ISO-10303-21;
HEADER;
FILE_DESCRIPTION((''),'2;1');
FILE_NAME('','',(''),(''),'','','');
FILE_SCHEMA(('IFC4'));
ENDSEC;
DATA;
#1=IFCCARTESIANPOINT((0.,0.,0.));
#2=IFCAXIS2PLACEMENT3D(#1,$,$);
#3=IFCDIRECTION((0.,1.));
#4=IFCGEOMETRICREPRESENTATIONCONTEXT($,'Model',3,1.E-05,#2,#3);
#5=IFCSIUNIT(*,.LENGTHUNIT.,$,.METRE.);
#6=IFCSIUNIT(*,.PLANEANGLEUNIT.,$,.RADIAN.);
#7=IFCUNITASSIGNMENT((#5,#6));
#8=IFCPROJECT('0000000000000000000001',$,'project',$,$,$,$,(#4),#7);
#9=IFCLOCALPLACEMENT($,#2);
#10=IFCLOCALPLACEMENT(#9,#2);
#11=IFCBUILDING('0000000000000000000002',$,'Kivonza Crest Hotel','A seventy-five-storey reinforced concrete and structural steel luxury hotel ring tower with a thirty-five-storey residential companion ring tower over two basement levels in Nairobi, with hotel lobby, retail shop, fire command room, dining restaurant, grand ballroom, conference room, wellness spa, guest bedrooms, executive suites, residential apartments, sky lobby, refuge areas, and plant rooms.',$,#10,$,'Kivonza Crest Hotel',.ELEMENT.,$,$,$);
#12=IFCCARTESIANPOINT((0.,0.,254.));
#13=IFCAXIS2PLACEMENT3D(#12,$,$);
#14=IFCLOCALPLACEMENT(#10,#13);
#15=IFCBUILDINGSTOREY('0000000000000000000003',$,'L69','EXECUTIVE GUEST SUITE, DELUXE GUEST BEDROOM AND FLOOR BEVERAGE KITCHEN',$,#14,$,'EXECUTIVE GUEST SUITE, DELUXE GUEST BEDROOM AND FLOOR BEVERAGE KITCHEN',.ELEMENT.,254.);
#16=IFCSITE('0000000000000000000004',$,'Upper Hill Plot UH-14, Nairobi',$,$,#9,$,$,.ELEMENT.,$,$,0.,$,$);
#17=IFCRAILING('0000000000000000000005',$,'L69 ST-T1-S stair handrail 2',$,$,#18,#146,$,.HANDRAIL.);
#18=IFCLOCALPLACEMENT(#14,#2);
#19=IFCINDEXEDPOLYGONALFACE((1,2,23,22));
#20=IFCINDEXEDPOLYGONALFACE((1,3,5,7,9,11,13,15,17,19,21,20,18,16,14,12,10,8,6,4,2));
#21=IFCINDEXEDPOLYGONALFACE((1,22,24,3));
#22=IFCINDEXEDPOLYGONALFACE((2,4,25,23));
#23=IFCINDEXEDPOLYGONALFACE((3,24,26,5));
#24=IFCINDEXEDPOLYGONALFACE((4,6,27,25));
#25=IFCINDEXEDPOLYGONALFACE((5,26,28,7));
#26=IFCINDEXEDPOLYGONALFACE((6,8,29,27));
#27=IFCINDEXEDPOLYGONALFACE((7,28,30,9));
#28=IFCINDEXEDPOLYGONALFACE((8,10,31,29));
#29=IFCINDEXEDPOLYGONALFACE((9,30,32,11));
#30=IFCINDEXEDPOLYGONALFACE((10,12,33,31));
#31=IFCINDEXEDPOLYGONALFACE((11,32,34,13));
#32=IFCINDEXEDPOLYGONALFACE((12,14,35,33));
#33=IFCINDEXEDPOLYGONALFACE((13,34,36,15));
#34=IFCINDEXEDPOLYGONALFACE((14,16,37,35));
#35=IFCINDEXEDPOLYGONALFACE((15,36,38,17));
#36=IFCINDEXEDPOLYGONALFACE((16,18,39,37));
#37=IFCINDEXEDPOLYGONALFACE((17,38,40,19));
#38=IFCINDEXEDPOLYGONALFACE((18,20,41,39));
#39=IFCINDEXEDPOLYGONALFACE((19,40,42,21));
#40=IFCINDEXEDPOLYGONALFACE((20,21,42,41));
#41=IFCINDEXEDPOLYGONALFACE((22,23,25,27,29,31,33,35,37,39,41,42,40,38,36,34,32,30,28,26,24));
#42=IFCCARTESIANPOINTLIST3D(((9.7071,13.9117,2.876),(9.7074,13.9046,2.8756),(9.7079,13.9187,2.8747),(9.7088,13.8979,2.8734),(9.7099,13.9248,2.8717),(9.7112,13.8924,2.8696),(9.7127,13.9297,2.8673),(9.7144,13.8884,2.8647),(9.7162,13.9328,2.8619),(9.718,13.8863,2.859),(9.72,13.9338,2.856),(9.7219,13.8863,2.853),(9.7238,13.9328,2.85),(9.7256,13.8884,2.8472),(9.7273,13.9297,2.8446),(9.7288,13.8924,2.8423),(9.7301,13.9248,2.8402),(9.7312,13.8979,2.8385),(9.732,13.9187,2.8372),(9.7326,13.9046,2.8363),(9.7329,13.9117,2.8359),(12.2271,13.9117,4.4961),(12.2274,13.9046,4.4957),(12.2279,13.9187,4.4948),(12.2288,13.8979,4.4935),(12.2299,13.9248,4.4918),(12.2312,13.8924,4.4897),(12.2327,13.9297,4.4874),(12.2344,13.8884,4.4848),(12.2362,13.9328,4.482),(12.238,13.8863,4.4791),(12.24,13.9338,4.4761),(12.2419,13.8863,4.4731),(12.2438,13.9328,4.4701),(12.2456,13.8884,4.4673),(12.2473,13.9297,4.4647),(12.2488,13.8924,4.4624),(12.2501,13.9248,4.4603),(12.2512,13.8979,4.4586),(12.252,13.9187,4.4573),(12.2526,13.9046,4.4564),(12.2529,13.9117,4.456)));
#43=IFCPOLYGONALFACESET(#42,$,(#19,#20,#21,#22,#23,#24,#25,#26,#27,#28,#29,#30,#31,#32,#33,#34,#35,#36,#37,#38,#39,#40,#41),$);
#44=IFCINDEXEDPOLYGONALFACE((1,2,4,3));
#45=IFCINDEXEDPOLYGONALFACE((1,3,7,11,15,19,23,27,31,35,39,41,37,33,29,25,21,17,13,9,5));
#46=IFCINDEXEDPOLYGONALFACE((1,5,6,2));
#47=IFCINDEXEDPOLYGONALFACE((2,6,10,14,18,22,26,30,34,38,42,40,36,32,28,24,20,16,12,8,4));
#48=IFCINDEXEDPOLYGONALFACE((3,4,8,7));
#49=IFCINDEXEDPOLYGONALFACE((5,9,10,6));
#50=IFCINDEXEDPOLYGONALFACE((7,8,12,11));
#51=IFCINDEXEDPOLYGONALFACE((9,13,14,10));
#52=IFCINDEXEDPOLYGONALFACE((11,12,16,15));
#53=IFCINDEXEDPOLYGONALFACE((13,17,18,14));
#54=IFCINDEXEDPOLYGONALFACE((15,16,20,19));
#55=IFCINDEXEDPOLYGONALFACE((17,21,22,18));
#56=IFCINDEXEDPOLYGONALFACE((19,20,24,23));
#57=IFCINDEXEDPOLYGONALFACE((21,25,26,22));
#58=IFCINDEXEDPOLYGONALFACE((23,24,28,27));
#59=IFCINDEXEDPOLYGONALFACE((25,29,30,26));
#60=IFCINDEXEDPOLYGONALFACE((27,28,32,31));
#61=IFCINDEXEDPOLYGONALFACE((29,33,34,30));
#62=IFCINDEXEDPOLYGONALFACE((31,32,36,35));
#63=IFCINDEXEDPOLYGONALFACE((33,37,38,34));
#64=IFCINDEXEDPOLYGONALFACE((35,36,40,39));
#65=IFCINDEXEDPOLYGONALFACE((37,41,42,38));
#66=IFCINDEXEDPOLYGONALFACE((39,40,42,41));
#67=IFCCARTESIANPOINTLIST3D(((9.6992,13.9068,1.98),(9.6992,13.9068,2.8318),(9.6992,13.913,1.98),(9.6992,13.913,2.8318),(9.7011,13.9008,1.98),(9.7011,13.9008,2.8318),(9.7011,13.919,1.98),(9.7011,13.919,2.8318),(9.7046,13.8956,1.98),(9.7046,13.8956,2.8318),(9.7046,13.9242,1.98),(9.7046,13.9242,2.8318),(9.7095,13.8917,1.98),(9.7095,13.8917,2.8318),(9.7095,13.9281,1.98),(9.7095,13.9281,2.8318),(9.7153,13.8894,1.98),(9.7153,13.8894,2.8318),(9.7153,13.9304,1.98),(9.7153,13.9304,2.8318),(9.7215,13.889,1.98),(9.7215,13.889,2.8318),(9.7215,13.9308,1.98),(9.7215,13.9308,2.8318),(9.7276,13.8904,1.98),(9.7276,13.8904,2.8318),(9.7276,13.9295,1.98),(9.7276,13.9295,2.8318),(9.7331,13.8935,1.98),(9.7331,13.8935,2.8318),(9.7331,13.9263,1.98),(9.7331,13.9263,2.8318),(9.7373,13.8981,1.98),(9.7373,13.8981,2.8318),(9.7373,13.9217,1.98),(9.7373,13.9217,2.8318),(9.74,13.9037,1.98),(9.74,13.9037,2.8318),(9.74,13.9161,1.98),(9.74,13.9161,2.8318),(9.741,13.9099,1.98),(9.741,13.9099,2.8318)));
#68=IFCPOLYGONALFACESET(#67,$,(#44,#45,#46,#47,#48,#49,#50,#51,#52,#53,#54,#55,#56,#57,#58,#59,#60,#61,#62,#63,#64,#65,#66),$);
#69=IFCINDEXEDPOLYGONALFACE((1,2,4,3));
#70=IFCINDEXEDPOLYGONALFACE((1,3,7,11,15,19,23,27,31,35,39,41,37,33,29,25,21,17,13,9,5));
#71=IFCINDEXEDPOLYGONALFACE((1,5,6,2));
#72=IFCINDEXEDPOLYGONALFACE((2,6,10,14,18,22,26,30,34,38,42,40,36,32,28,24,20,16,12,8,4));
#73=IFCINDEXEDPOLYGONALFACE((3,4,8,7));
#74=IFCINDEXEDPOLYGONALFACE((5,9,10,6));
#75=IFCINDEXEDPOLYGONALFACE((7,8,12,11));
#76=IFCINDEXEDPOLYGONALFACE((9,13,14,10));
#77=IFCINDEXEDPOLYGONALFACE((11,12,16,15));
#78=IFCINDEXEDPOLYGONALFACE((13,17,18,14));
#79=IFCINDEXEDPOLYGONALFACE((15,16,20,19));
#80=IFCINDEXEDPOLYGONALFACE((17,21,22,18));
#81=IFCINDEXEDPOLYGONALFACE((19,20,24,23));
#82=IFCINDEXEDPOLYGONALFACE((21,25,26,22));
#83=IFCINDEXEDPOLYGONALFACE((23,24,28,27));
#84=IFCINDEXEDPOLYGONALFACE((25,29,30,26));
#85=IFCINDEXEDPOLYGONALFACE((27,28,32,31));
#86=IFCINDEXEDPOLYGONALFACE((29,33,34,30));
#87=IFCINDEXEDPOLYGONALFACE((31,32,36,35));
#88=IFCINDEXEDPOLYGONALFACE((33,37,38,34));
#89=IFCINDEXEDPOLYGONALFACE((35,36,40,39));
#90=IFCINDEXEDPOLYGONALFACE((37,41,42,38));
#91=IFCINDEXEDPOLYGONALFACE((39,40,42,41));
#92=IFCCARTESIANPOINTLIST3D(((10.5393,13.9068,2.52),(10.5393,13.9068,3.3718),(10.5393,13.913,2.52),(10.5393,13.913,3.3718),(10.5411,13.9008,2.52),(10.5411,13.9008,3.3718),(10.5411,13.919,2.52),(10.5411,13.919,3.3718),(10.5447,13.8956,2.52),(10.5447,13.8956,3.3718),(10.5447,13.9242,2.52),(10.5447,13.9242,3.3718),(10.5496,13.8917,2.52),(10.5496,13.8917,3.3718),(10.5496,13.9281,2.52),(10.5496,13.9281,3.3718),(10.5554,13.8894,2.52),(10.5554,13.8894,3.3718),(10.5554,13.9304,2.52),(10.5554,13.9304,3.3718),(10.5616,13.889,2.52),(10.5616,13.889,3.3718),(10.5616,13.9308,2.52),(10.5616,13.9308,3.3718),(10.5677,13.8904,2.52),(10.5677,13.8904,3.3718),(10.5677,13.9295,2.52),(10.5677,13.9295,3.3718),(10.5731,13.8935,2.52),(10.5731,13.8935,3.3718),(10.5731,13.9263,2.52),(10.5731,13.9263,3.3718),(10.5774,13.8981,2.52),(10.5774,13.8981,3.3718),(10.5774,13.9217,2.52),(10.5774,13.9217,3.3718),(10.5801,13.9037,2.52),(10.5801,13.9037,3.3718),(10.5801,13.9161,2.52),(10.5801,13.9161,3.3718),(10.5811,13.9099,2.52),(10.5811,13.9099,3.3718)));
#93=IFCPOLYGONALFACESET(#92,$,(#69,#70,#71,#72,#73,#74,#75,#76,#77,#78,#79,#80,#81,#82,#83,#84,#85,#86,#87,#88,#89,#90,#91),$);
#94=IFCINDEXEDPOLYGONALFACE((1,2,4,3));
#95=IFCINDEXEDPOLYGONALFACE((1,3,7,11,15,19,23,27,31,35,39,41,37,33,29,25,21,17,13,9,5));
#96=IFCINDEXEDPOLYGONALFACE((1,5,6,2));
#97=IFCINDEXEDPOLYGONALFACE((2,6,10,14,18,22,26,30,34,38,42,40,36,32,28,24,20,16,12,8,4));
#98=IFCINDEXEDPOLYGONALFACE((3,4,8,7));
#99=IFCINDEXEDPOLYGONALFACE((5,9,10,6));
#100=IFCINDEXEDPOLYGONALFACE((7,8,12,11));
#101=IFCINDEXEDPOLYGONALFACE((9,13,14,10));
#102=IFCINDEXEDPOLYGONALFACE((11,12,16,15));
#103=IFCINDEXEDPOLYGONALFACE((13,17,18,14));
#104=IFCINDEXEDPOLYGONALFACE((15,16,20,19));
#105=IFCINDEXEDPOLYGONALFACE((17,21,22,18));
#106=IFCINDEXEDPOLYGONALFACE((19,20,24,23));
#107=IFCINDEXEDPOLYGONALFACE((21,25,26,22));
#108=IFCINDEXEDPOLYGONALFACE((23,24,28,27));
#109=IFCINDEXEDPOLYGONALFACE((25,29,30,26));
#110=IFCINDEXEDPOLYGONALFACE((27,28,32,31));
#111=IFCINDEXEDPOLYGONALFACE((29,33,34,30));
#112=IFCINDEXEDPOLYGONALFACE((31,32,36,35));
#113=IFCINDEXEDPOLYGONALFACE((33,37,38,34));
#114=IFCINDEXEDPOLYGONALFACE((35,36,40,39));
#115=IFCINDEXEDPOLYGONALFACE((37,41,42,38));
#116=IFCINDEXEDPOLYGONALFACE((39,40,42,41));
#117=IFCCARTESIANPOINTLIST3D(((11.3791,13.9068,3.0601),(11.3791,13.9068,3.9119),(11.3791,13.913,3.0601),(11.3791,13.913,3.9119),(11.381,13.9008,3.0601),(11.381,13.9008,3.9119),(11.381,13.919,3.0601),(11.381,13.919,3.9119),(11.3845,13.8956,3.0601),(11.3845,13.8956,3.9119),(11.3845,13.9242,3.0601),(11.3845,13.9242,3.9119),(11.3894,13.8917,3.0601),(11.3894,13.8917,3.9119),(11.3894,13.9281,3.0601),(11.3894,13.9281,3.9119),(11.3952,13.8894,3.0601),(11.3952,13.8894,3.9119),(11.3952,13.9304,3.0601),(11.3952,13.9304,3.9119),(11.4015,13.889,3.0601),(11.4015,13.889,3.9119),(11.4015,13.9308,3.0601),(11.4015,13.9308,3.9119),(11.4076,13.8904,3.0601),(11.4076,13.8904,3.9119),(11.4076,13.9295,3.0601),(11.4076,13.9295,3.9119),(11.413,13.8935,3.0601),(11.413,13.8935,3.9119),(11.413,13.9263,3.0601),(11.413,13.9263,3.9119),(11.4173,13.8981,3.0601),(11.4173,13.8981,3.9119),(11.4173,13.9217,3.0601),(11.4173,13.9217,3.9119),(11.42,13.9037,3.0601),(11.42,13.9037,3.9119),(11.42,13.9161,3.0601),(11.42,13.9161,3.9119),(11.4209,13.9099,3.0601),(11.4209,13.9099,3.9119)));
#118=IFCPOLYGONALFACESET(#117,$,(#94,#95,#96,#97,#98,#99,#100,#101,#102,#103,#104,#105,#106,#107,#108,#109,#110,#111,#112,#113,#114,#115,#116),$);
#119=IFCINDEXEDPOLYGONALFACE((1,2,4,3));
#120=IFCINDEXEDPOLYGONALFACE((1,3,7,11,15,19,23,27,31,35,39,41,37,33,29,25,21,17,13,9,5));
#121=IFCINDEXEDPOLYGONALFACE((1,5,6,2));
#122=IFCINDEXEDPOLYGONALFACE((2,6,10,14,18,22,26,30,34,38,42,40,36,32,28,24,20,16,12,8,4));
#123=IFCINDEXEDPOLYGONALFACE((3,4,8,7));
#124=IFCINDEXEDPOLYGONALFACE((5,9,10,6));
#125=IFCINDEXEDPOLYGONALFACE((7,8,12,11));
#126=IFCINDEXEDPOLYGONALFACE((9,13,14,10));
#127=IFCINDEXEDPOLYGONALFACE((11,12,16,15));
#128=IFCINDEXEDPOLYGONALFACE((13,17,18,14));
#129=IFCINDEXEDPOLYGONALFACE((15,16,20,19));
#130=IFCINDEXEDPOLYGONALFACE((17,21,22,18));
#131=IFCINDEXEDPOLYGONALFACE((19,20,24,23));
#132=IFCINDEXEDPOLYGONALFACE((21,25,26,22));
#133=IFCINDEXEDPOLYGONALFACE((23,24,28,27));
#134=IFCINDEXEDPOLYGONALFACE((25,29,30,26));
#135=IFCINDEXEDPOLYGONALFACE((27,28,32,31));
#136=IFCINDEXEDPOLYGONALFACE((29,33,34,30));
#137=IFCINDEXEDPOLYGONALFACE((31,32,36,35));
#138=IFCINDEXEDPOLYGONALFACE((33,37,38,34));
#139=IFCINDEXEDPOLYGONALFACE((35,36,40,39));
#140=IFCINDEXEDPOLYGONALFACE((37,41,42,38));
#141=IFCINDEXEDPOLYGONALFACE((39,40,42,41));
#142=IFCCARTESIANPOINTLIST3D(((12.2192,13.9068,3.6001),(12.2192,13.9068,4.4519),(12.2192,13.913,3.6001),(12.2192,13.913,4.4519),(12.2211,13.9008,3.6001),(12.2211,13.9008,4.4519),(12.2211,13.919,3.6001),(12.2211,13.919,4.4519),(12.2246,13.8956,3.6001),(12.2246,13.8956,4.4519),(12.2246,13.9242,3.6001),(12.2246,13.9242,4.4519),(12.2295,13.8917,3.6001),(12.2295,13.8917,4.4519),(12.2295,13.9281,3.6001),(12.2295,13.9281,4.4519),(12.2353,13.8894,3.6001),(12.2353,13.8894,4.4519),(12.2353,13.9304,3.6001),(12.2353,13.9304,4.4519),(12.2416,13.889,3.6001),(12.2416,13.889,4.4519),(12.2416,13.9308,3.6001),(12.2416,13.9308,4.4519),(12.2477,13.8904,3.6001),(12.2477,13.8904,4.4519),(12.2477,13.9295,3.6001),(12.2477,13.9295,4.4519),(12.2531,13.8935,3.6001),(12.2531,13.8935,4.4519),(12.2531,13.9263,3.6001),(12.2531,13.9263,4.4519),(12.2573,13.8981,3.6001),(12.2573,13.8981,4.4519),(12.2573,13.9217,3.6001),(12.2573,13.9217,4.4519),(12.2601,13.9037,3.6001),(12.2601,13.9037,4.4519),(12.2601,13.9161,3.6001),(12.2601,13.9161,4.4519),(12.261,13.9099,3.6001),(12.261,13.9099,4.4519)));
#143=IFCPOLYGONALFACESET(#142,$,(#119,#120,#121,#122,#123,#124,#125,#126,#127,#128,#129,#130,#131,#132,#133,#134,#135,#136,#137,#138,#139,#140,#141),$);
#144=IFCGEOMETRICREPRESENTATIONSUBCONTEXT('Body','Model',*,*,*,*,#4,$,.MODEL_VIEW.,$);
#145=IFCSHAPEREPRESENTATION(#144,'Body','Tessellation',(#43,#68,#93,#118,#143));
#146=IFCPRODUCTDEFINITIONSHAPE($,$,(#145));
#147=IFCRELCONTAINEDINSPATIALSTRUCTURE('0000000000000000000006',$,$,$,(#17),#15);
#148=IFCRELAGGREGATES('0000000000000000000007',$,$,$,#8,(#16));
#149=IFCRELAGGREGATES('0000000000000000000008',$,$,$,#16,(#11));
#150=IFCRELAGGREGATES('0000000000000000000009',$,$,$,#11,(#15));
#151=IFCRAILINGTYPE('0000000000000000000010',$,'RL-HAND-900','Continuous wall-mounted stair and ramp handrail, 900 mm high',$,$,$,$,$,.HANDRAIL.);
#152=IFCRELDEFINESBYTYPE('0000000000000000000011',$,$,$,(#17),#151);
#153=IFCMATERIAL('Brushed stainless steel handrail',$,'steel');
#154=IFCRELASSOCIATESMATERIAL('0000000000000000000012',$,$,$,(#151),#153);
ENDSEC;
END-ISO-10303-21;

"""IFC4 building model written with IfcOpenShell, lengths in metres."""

from ifc_helpers import new_model, si_unit, direction, frame, origin, origin_2d, place, context, subcontext, project, spatial, circle, extrude, material, type_object, element, save


model = new_model("IFC4")

# Units and contexts
model_context = context("Model", 3, precision=1e-05, world=origin(), true_north=direction((0.0, 1.0)))
body_context = subcontext(model_context, "Body", "Model", "MODEL_VIEW")
ifc_project = project(units=[si_unit("LENGTHUNIT", "METRE"), si_unit("PLANEANGLEUNIT", "RADIAN")], contexts=[model_context])

# Site, building, storey
site_placement = place(None, origin())
site = spatial("IfcSite", under=ifc_project, at=site_placement, Name="Upper Hill Plot UH-14, Nairobi", CompositionType="ELEMENT", RefElevation=0.0)
building_placement = place(site_placement, origin())
building = spatial("IfcBuilding", under=site, at=building_placement, Name="Kivonza Crest Hotel", Description="A seventy-five-storey reinforced concrete and structural steel luxury hotel ring tower with a thirty-five-storey residential companion ring tower over two basement levels in Nairobi, with hotel lobby, retail shop, fire command room, dining restaurant, grand ballroom, conference room, wellness spa, guest bedrooms, executive suites, residential apartments, sky lobby, refuge areas, and plant rooms.", LongName="Kivonza Crest Hotel", CompositionType="ELEMENT")
storey_placement = place(building_placement, frame((0.0, 0.0, 254.0)))
storey = spatial("IfcBuildingStorey", under=building, at=storey_placement, Name="L69", Description="EXECUTIVE GUEST SUITE, DELUXE GUEST BEDROOM AND FLOOR BEVERAGE KITCHEN", LongName="EXECUTIVE GUEST SUITE, DELUXE GUEST BEDROOM AND FLOOR BEVERAGE KITCHEN", CompositionType="ELEMENT", Elevation=254.0)

# Railing
ifc_material_1 = material(Name="Brushed stainless steel handrail", Category="steel")
railing_type_1 = type_object("IfcRailingType", Name="RL-HAND-900", Description="Continuous wall-mounted stair and ramp handrail, 900 mm high", PredefinedType="HANDRAIL", material=ifc_material_1)
railing_1_placement = place(storey_placement, frame((9.72, 13.9099, 1.98)))
element("IfcRailing", 1, at=railing_1_placement, inside=storey, type_object=railing_type_1, Name="L69 ST-T1-S stair handrail 2", PredefinedType="HANDRAIL", context=body_context, shape_type="SweptSolid", body=[
    extrude(circle(Radius=0.0239, at=origin_2d()), frame((0.0, 0.0, 0.876), z_axis=(0.841163, 0.0, 0.540782), x_axis=(0.0, 1.0, 0.0)), (0.0, 0.0, 1.0), 2.9958),
    extrude(circle(Radius=0.021, at=origin_2d()), origin(), (0.0, 0.0, 1.0), 0.8518),
    extrude(circle(Radius=0.021, at=origin_2d()), frame((0.8401, 0.0, 0.54)), (0.0, 0.0, 1.0), 0.8518),
    extrude(circle(Radius=0.021, at=origin_2d()), frame((1.6799, 0.0, 1.0801)), (0.0, 0.0, 1.0), 0.8518),
    extrude(circle(Radius=0.021, at=origin_2d()), frame((2.52, 0.0, 1.6201)), (0.0, 0.0, 1.0), 0.8518),
])

save(model, "model.ifc")
